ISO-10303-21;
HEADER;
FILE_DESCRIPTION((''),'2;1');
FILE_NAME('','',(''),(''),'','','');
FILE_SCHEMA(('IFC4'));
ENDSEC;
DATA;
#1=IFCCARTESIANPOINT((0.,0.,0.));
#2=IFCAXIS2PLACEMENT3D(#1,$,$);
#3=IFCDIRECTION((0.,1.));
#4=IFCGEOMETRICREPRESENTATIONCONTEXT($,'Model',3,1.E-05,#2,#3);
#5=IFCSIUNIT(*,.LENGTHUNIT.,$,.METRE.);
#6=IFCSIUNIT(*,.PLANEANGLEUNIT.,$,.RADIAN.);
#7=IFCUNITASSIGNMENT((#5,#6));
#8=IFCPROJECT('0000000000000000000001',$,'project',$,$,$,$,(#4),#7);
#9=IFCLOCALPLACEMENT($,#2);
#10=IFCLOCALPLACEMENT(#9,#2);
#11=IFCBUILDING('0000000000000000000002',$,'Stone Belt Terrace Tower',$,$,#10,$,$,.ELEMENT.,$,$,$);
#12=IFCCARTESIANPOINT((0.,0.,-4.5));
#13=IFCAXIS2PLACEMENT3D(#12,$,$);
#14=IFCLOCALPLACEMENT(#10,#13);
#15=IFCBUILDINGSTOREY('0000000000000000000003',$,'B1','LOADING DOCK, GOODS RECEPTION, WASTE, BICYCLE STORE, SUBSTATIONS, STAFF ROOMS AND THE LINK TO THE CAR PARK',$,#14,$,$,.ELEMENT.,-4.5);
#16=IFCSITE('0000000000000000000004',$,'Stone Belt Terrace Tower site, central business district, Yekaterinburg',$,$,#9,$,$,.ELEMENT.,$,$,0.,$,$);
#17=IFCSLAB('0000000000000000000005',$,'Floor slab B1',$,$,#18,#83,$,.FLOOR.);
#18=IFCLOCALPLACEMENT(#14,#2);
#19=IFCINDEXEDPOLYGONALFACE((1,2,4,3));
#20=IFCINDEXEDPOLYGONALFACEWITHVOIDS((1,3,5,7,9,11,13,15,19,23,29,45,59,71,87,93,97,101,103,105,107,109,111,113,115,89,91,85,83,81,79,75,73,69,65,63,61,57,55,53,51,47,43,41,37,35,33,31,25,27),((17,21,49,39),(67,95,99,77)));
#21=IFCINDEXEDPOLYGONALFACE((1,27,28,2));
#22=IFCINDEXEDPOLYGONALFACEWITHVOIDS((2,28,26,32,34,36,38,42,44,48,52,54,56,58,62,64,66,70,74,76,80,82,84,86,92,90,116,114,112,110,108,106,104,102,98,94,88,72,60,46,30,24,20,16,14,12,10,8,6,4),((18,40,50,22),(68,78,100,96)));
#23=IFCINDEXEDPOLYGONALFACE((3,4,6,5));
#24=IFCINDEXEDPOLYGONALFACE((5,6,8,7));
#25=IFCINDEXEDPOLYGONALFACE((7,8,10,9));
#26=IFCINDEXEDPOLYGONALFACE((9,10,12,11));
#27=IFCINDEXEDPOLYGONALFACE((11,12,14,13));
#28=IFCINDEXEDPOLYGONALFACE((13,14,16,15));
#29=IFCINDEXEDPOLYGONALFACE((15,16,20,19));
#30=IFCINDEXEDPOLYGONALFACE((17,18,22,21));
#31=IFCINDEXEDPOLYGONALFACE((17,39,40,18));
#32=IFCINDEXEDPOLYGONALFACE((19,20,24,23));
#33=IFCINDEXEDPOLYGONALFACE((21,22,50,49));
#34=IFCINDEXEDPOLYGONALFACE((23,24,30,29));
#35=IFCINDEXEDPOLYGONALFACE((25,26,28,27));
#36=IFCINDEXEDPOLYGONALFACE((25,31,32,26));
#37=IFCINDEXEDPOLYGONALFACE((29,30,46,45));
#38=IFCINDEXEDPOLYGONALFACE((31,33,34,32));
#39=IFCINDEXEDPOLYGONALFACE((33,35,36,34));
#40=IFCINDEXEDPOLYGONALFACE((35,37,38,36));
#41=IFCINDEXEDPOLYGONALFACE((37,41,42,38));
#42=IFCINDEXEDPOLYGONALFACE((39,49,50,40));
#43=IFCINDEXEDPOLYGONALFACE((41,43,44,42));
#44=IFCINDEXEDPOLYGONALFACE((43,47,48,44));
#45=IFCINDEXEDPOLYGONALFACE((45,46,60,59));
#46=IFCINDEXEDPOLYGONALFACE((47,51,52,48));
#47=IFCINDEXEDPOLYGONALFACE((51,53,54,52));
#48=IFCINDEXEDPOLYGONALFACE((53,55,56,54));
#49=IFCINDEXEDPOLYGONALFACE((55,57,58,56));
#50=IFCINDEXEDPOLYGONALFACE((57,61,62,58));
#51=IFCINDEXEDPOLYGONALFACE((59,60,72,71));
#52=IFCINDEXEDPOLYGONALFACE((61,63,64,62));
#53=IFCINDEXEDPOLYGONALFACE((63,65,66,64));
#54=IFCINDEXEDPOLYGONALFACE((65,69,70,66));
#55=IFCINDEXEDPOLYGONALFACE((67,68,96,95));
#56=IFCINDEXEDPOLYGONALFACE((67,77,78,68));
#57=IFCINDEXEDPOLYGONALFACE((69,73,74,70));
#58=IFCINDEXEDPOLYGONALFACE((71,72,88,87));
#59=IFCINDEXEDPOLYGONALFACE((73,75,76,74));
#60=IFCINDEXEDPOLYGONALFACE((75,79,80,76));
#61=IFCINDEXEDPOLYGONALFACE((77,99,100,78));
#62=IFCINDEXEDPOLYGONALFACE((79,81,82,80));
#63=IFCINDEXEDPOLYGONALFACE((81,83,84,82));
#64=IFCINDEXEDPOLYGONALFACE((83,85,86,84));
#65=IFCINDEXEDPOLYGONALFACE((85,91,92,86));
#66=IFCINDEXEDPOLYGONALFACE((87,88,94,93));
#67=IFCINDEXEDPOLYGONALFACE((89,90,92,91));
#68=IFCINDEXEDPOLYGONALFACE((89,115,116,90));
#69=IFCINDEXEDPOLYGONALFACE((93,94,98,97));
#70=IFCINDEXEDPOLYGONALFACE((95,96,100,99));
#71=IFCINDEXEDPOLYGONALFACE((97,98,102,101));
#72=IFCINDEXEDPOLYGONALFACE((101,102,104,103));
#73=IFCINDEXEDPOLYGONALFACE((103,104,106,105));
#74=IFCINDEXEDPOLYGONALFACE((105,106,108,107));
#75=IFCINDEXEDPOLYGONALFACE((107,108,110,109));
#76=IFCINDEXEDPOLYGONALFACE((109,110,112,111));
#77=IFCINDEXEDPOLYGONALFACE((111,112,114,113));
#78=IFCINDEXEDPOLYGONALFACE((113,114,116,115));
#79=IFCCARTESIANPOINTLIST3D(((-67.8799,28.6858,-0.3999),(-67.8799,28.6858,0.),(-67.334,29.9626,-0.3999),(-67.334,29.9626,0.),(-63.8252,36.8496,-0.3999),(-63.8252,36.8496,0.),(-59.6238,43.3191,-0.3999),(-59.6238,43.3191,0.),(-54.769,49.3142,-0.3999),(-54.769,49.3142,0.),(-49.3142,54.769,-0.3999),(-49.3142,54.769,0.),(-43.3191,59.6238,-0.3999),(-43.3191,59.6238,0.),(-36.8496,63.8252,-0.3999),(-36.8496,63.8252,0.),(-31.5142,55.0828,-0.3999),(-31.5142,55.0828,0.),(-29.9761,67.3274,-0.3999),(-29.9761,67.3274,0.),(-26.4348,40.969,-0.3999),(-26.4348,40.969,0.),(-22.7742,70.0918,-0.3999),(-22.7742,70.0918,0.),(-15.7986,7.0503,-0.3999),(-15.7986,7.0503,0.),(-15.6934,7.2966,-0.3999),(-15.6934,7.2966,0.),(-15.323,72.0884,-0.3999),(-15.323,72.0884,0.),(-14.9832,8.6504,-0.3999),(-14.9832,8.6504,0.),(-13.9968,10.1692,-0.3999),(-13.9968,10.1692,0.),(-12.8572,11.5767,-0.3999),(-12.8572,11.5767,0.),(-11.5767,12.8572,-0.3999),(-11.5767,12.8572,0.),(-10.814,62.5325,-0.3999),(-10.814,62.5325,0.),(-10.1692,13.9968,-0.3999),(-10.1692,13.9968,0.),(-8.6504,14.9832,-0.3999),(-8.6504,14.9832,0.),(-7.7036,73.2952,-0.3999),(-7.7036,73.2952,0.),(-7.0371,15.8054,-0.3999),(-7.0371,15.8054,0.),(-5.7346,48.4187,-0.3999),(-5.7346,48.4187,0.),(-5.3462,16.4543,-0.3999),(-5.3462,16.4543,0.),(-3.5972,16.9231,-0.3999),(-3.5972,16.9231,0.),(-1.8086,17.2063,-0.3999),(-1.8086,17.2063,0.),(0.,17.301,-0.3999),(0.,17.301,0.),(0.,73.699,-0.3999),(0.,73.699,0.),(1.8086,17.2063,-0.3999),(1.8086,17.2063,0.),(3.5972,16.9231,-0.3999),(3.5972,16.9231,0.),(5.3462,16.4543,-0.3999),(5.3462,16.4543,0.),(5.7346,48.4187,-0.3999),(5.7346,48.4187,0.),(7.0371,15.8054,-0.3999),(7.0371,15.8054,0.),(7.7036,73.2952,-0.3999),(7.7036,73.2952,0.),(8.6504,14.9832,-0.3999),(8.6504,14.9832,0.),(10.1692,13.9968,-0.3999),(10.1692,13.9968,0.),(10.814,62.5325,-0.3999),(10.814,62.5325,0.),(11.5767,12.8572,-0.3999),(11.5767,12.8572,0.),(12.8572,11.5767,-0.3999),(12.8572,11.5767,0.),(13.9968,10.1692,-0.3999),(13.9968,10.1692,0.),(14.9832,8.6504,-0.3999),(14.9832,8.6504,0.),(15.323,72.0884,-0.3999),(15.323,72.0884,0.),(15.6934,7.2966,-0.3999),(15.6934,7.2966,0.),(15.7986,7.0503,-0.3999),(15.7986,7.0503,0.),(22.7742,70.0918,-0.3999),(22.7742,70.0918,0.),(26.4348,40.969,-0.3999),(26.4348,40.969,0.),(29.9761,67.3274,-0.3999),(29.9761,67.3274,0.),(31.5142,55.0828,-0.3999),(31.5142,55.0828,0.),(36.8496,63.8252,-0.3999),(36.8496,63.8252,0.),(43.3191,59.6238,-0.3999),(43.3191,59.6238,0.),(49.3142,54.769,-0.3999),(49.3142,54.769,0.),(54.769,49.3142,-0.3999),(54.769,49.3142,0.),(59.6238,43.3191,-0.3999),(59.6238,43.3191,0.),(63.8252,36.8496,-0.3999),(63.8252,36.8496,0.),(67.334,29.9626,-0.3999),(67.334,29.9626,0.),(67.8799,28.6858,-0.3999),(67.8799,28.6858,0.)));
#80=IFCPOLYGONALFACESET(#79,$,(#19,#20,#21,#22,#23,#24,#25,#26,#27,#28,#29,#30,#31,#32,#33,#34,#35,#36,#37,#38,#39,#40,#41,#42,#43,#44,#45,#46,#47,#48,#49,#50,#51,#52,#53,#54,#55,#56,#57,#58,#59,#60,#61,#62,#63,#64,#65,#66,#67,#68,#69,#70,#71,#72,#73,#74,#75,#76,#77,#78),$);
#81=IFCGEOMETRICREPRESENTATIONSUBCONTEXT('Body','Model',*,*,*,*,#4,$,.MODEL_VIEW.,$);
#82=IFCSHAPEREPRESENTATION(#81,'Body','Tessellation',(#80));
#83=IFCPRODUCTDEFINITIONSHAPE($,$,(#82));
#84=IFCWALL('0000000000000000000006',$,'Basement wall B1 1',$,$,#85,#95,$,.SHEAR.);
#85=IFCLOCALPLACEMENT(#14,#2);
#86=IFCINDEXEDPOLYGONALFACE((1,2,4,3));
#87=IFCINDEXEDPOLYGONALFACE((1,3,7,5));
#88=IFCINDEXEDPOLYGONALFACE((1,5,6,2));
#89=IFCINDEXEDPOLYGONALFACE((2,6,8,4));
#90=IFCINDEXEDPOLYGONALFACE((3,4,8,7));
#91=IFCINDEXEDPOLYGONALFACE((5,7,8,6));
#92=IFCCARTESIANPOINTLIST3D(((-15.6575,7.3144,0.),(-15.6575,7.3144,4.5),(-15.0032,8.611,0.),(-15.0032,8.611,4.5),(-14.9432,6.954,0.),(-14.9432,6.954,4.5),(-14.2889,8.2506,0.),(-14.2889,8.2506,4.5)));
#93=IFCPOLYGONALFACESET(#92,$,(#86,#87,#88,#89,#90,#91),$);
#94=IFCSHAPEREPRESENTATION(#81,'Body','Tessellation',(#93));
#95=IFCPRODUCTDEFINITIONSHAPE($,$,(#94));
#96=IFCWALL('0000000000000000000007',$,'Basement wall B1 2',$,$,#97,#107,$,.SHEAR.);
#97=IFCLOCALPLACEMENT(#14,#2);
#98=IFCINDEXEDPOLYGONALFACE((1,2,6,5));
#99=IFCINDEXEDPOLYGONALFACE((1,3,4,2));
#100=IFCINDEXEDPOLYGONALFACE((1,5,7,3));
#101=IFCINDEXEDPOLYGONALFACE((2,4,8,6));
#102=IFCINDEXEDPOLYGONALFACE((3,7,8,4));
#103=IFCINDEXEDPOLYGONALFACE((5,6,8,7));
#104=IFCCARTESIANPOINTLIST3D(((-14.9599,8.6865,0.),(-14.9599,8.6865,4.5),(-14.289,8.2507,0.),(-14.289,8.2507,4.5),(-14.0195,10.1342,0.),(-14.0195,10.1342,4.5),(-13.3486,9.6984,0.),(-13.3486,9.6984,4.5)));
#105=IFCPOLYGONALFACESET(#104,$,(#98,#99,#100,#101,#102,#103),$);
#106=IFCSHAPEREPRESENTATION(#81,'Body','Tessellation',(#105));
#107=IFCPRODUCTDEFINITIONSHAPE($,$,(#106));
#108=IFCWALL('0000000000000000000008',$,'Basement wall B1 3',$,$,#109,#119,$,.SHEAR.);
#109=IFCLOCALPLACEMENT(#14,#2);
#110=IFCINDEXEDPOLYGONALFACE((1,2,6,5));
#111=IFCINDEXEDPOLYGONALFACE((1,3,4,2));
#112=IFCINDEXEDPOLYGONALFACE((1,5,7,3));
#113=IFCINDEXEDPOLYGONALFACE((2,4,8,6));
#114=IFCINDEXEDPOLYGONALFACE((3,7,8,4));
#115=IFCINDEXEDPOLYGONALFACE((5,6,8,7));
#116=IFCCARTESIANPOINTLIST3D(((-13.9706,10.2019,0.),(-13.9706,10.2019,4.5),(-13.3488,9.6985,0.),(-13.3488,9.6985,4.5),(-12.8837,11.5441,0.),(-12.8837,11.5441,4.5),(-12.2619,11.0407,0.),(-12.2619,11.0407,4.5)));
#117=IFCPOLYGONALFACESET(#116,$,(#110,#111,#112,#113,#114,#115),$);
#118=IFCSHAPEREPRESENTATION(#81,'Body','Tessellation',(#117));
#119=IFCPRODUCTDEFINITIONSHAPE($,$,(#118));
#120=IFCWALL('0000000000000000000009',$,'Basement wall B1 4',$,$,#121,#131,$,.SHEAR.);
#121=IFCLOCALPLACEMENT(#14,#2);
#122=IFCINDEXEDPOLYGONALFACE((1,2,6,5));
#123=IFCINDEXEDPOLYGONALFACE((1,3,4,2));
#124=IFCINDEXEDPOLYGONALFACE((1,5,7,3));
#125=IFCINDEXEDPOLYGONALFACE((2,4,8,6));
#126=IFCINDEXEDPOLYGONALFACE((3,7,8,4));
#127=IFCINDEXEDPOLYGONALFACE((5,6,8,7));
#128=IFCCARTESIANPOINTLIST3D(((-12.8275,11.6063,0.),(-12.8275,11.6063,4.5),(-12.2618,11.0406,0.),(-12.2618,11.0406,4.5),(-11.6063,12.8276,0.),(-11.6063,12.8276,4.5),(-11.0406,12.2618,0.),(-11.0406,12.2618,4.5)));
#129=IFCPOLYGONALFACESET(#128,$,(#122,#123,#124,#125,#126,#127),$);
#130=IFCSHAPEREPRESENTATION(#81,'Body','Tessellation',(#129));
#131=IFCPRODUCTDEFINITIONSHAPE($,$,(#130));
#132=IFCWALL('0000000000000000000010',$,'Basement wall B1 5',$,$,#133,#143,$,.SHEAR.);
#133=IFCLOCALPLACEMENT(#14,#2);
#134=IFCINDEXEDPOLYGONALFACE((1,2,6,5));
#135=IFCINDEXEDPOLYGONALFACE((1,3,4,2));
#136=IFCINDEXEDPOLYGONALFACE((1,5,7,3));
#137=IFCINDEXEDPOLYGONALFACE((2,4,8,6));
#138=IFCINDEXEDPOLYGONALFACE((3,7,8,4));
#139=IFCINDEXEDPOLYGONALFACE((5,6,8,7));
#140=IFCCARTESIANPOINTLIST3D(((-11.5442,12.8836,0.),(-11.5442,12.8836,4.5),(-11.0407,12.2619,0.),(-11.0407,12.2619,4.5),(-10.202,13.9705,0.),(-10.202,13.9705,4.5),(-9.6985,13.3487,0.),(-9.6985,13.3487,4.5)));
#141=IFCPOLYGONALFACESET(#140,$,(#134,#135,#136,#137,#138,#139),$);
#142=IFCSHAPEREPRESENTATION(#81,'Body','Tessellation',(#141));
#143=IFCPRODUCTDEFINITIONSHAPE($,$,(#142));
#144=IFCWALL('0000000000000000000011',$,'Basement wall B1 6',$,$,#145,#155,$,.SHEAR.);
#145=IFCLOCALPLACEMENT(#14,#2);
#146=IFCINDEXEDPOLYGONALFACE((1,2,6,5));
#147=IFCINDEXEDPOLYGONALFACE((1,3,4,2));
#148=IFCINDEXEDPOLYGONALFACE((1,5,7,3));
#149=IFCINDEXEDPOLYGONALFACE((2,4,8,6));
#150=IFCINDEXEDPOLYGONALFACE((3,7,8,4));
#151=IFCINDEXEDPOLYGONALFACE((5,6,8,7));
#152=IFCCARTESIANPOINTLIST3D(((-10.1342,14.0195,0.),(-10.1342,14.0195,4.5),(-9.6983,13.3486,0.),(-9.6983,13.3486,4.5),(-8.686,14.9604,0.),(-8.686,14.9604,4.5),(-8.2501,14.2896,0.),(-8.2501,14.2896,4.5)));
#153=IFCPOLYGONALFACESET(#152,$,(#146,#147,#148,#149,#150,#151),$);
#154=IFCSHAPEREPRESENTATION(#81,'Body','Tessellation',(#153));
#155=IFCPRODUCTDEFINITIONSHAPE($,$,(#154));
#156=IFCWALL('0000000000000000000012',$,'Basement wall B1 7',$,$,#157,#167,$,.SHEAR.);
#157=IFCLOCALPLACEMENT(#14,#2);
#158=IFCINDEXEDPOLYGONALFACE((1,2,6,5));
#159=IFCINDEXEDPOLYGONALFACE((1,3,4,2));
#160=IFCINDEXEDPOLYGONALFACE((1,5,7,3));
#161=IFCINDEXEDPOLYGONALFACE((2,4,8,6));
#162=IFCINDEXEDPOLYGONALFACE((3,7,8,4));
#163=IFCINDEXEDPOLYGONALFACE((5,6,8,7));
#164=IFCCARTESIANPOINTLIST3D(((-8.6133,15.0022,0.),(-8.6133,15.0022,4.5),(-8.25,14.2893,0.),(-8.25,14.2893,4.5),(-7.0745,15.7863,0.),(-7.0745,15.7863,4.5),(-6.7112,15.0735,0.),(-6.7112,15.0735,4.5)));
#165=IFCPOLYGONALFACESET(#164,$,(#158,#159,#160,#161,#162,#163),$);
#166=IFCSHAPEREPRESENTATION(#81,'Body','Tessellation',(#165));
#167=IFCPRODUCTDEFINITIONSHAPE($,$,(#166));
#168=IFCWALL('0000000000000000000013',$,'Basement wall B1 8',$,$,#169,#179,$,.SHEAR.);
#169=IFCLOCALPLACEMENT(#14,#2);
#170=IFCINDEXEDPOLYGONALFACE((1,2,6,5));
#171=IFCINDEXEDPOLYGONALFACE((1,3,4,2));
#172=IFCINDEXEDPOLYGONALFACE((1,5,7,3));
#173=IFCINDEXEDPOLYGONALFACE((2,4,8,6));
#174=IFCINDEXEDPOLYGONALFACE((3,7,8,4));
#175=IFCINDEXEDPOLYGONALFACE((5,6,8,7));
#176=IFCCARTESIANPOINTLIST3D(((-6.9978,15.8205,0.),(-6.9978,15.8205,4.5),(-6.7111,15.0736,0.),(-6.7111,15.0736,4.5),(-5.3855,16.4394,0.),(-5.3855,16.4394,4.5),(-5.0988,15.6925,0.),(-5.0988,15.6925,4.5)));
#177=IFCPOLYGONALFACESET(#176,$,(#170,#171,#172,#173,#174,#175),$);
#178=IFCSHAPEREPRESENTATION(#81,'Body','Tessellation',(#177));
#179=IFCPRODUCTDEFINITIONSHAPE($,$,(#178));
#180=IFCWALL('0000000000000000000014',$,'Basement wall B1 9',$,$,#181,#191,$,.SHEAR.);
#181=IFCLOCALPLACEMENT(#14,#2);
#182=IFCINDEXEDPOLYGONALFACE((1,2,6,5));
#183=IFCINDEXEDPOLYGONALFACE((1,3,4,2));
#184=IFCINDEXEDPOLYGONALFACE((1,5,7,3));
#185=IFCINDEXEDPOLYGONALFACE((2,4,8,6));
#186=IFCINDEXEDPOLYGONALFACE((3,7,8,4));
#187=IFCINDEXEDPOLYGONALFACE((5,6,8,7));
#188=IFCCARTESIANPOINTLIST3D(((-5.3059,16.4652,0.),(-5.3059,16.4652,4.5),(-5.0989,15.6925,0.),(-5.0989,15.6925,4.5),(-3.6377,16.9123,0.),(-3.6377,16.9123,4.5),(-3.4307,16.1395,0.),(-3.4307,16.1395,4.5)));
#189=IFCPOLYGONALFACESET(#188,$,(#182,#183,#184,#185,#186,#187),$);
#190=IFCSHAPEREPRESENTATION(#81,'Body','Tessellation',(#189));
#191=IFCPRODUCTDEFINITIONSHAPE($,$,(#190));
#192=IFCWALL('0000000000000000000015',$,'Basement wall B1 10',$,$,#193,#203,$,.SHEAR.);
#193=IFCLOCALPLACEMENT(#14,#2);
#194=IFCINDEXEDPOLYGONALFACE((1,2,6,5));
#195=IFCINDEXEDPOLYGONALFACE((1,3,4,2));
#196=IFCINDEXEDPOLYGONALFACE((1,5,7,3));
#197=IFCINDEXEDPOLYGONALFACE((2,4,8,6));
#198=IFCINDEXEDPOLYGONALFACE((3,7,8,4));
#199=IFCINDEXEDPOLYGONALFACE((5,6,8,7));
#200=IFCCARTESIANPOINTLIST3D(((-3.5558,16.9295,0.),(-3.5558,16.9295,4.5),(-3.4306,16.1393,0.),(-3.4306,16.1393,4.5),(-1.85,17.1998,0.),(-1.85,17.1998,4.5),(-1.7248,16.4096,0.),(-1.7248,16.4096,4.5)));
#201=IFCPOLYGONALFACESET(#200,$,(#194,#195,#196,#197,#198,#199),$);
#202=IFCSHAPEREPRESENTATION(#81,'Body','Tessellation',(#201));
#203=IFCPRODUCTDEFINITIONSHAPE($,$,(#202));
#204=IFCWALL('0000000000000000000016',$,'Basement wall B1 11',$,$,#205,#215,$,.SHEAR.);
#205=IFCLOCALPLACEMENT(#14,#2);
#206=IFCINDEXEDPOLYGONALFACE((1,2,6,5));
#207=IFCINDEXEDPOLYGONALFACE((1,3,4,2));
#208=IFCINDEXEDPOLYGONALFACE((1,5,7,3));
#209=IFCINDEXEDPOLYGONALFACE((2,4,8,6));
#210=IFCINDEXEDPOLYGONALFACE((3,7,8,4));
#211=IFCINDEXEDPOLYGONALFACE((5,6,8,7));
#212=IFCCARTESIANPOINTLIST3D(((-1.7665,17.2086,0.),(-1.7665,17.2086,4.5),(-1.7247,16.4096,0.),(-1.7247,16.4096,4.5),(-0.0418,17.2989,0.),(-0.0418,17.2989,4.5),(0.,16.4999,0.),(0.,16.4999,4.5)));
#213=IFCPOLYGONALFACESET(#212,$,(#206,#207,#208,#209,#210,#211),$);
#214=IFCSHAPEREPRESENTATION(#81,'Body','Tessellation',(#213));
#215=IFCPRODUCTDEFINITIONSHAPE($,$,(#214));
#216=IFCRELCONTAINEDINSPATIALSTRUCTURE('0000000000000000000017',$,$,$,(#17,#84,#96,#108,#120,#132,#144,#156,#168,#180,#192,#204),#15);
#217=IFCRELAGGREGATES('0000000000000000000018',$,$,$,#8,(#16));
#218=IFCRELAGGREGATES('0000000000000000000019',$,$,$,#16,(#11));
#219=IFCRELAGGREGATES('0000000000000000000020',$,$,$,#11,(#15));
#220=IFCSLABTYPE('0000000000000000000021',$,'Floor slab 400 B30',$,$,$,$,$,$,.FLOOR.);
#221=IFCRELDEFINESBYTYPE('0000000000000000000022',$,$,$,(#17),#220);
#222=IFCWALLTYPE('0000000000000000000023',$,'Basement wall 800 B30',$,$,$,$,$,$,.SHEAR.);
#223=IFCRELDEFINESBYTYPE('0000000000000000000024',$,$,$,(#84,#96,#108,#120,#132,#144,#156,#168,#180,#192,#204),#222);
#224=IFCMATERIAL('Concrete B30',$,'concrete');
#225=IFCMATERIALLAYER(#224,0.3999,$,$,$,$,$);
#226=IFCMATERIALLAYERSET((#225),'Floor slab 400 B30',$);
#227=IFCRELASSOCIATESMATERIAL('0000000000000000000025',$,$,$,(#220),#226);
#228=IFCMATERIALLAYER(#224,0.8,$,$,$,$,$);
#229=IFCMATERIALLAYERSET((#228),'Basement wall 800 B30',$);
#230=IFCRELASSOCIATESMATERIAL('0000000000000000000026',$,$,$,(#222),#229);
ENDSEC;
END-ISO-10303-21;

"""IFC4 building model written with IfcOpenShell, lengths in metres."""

from ifc_helpers import new_model, si_unit, direction, frame, frame_2d, origin, place, context, subcontext, project, spatial, polyline, rectangle, outline, extrude, material, layer, layer_set, type_object, element, save


model = new_model("IFC4")

# Units and contexts
model_context = context("Model", 3, precision=1e-05, world=origin(), true_north=direction((0.0, 1.0)))
body_context = subcontext(model_context, "Body", "Model", "MODEL_VIEW")
ifc_project = project(units=[si_unit("LENGTHUNIT", "METRE"), si_unit("PLANEANGLEUNIT", "RADIAN")], contexts=[model_context])

# Site, building, storey
site_placement = place(None, origin())
site = spatial("IfcSite", under=ifc_project, at=site_placement, Name="Stone Belt Terrace Tower site, central business district, Yekaterinburg", CompositionType="ELEMENT", RefElevation=0.0)
building_placement = place(site_placement, origin())
building = spatial("IfcBuilding", under=site, at=building_placement, Name="Stone Belt Terrace Tower", CompositionType="ELEMENT")
storey_placement = place(building_placement, frame((0.0, 0.0, -4.5)))
storey = spatial("IfcBuildingStorey", under=building, at=storey_placement, Name="B1", Description="LOADING DOCK, GOODS RECEPTION, WASTE, BICYCLE STORE, SUBSTATIONS, STAFF ROOMS AND THE LINK TO THE CAR PARK", CompositionType="ELEMENT", Elevation=-4.5)

# Shared definitions
ifc_material_1 = material(Name="Concrete B30", Category="concrete")

# Slab
ifc_layer_1 = layer(ifc_material_1, 0.3999)
ifc_layer_set_1 = layer_set([ifc_layer_1], Name="Floor slab 400 B30")
slab_type_1 = type_object("IfcSlabType", Name="Floor slab 400 B30", PredefinedType="FLOOR", material=ifc_layer_set_1)
slab_1_placement = place(storey_placement, frame((0.0, 0.0, -0.3999)))
element("IfcSlab", 1, at=slab_1_placement, inside=storey, type_object=slab_type_1, Name="Floor slab B1", PredefinedType="FLOOR", context=body_context, shape_type="SweptSolid", body=[
    extrude(outline(polyline([(-67.334, 29.9626), (-63.8252, 36.8496), (-59.6238, 43.3191), (-54.769, 49.3142), (-49.3142, 54.769), (-43.3191, 59.6238), (-36.8496, 63.8252), (-29.9761, 67.3274), (-22.7742, 70.0918), (-15.323, 72.0884), (-7.7036, 73.2952), (0.0, 73.699), (7.7036, 73.2952), (15.323, 72.0884), (22.7742, 70.0918), (29.9761, 67.3274), (36.8496, 63.8252), (43.3191, 59.6238), (49.3142, 54.769), (54.769, 49.3142), (59.6238, 43.3191), (63.8252, 36.8496), (67.334, 29.9626), (67.8799, 28.6858), (15.6934, 7.2966), (15.7986, 7.0503), (14.9832, 8.6504), (13.9968, 10.1692), (12.8572, 11.5767), (11.5767, 12.8572), (10.1692, 13.9968), (8.6504, 14.9832), (7.0371, 15.8054), (5.3462, 16.4543), (3.5972, 16.9231), (1.8086, 17.2063), (0.0, 17.301), (-1.8086, 17.2063), (-3.5972, 16.9231), (-5.3462, 16.4543), (-7.0371, 15.8054), (-8.6504, 14.9832), (-10.1692, 13.9968), (-11.5767, 12.8572), (-12.8572, 11.5767), (-13.9968, 10.1692), (-14.9832, 8.6504), (-15.7986, 7.0503), (-15.6934, 7.2966), (-67.8799, 28.6858), (-67.334, 29.9626)]), holes=[polyline([(-10.814, 62.5325), (-31.5142, 55.0828), (-26.4348, 40.969), (-5.7346, 48.4187), (-10.814, 62.5325)]), polyline([(26.4348, 40.969), (31.5142, 55.0828), (10.814, 62.5325), (5.7346, 48.4187), (26.4348, 40.969)])]), origin(), (0.0, 0.0, 1.0), 0.3999),
])

# Walls
ifc_layer_2 = layer(ifc_material_1, 0.8)
ifc_layer_set_2 = layer_set([ifc_layer_2], Name="Basement wall 800 B30")
wall_type_1 = type_object("IfcWallType", Name="Basement wall 800 B30", PredefinedType="SHEAR", material=ifc_layer_set_2)
wall_1_placement = place(storey_placement, frame((-15.3003, 7.1343, 0.0), z_axis=(0.0, 0.0, 1.0), x_axis=(0.450505, 0.892774, 0.0)))
element("IfcWall", 2, at=wall_1_placement, inside=storey, type_object=wall_type_1, Name="Basement wall B1 1", PredefinedType="SHEAR", context=body_context, shape_type="SweptSolid", body=[
    extrude(rectangle(XDim=1.4524, YDim=0.8, at=frame_2d((0.7261, 0.0))), origin(), (0.0, 0.0, 1.0), 4.5),
])
wall_2_placement = place(storey_placement, frame((-14.6245, 8.4685, 0.0), z_axis=(0.0, 0.0, 1.0), x_axis=(0.54474, 0.838605, 0.0)))
element("IfcWall", 3, at=wall_2_placement, inside=storey, type_object=wall_type_1, Name="Basement wall B1 2", PredefinedType="SHEAR", context=body_context, shape_type="SweptSolid", body=[
    extrude(rectangle(XDim=1.7263, YDim=0.8, at=frame_2d((0.8633, 0.0))), origin(), (0.0, 0.0, 1.0), 4.5),
])
for number, where, z_axis, x_axis, name in (
    (4, (-13.6597, 9.9502, 0.0), (0.0, 0.0, 1.0), (0.629304, 0.777159, 0.0), "Basement wall B1 3"),
    (5, (-12.5447, 11.3235, 0.0), (0.0, 0.0, 1.0), (0.707107, 0.707107, 0.0), "Basement wall B1 4"),
    (6, (-11.2925, 12.5728, 0.0), (0.0, 0.0, 1.0), (0.777159, 0.629304, 0.0), "Basement wall B1 5"),
    (7, (-9.9163, 13.6841, 0.0), (0.0, 0.0, 1.0), (0.83856, 0.544809, 0.0), "Basement wall B1 6"),
    (8, (-8.4316, 14.6458, 0.0), (0.0, 0.0, 1.0), (0.89098, 0.454042, 0.0), "Basement wall B1 7"),
    (9, (-6.8545, 15.447, 0.0), (0.0, 0.0, 1.0), (0.933582, 0.358363, 0.0), "Basement wall B1 8"),
    (10, (-5.2024, 16.0789, 0.0), (0.0, 0.0, 1.0), (0.965922, 0.258833, 0.0), "Basement wall B1 9"),
    (11, (-3.4932, 16.5344, 0.0), (0.0, 0.0, 1.0), (0.98768, 0.156485, 0.0), "Basement wall B1 10"),
    (12, (-1.7456, 16.8091, 0.0), (0.0, 0.0, 1.0), (0.998631, 0.052307, 0.0), "Basement wall B1 11"),
):
    element("IfcWall", number, at=place(storey_placement, frame(where, z_axis=z_axis, x_axis=x_axis)), inside=storey, type_object=wall_type_1, Name=name, PredefinedType="SHEAR", context=body_context, shape_type="SweptSolid", body=[
        extrude(rectangle(XDim=1.7271, YDim=0.8, at=frame_2d((0.8635, 0.0))), origin(), (0.0, 0.0, 1.0), 4.5),
    ])

save(model, "model.ifc")
